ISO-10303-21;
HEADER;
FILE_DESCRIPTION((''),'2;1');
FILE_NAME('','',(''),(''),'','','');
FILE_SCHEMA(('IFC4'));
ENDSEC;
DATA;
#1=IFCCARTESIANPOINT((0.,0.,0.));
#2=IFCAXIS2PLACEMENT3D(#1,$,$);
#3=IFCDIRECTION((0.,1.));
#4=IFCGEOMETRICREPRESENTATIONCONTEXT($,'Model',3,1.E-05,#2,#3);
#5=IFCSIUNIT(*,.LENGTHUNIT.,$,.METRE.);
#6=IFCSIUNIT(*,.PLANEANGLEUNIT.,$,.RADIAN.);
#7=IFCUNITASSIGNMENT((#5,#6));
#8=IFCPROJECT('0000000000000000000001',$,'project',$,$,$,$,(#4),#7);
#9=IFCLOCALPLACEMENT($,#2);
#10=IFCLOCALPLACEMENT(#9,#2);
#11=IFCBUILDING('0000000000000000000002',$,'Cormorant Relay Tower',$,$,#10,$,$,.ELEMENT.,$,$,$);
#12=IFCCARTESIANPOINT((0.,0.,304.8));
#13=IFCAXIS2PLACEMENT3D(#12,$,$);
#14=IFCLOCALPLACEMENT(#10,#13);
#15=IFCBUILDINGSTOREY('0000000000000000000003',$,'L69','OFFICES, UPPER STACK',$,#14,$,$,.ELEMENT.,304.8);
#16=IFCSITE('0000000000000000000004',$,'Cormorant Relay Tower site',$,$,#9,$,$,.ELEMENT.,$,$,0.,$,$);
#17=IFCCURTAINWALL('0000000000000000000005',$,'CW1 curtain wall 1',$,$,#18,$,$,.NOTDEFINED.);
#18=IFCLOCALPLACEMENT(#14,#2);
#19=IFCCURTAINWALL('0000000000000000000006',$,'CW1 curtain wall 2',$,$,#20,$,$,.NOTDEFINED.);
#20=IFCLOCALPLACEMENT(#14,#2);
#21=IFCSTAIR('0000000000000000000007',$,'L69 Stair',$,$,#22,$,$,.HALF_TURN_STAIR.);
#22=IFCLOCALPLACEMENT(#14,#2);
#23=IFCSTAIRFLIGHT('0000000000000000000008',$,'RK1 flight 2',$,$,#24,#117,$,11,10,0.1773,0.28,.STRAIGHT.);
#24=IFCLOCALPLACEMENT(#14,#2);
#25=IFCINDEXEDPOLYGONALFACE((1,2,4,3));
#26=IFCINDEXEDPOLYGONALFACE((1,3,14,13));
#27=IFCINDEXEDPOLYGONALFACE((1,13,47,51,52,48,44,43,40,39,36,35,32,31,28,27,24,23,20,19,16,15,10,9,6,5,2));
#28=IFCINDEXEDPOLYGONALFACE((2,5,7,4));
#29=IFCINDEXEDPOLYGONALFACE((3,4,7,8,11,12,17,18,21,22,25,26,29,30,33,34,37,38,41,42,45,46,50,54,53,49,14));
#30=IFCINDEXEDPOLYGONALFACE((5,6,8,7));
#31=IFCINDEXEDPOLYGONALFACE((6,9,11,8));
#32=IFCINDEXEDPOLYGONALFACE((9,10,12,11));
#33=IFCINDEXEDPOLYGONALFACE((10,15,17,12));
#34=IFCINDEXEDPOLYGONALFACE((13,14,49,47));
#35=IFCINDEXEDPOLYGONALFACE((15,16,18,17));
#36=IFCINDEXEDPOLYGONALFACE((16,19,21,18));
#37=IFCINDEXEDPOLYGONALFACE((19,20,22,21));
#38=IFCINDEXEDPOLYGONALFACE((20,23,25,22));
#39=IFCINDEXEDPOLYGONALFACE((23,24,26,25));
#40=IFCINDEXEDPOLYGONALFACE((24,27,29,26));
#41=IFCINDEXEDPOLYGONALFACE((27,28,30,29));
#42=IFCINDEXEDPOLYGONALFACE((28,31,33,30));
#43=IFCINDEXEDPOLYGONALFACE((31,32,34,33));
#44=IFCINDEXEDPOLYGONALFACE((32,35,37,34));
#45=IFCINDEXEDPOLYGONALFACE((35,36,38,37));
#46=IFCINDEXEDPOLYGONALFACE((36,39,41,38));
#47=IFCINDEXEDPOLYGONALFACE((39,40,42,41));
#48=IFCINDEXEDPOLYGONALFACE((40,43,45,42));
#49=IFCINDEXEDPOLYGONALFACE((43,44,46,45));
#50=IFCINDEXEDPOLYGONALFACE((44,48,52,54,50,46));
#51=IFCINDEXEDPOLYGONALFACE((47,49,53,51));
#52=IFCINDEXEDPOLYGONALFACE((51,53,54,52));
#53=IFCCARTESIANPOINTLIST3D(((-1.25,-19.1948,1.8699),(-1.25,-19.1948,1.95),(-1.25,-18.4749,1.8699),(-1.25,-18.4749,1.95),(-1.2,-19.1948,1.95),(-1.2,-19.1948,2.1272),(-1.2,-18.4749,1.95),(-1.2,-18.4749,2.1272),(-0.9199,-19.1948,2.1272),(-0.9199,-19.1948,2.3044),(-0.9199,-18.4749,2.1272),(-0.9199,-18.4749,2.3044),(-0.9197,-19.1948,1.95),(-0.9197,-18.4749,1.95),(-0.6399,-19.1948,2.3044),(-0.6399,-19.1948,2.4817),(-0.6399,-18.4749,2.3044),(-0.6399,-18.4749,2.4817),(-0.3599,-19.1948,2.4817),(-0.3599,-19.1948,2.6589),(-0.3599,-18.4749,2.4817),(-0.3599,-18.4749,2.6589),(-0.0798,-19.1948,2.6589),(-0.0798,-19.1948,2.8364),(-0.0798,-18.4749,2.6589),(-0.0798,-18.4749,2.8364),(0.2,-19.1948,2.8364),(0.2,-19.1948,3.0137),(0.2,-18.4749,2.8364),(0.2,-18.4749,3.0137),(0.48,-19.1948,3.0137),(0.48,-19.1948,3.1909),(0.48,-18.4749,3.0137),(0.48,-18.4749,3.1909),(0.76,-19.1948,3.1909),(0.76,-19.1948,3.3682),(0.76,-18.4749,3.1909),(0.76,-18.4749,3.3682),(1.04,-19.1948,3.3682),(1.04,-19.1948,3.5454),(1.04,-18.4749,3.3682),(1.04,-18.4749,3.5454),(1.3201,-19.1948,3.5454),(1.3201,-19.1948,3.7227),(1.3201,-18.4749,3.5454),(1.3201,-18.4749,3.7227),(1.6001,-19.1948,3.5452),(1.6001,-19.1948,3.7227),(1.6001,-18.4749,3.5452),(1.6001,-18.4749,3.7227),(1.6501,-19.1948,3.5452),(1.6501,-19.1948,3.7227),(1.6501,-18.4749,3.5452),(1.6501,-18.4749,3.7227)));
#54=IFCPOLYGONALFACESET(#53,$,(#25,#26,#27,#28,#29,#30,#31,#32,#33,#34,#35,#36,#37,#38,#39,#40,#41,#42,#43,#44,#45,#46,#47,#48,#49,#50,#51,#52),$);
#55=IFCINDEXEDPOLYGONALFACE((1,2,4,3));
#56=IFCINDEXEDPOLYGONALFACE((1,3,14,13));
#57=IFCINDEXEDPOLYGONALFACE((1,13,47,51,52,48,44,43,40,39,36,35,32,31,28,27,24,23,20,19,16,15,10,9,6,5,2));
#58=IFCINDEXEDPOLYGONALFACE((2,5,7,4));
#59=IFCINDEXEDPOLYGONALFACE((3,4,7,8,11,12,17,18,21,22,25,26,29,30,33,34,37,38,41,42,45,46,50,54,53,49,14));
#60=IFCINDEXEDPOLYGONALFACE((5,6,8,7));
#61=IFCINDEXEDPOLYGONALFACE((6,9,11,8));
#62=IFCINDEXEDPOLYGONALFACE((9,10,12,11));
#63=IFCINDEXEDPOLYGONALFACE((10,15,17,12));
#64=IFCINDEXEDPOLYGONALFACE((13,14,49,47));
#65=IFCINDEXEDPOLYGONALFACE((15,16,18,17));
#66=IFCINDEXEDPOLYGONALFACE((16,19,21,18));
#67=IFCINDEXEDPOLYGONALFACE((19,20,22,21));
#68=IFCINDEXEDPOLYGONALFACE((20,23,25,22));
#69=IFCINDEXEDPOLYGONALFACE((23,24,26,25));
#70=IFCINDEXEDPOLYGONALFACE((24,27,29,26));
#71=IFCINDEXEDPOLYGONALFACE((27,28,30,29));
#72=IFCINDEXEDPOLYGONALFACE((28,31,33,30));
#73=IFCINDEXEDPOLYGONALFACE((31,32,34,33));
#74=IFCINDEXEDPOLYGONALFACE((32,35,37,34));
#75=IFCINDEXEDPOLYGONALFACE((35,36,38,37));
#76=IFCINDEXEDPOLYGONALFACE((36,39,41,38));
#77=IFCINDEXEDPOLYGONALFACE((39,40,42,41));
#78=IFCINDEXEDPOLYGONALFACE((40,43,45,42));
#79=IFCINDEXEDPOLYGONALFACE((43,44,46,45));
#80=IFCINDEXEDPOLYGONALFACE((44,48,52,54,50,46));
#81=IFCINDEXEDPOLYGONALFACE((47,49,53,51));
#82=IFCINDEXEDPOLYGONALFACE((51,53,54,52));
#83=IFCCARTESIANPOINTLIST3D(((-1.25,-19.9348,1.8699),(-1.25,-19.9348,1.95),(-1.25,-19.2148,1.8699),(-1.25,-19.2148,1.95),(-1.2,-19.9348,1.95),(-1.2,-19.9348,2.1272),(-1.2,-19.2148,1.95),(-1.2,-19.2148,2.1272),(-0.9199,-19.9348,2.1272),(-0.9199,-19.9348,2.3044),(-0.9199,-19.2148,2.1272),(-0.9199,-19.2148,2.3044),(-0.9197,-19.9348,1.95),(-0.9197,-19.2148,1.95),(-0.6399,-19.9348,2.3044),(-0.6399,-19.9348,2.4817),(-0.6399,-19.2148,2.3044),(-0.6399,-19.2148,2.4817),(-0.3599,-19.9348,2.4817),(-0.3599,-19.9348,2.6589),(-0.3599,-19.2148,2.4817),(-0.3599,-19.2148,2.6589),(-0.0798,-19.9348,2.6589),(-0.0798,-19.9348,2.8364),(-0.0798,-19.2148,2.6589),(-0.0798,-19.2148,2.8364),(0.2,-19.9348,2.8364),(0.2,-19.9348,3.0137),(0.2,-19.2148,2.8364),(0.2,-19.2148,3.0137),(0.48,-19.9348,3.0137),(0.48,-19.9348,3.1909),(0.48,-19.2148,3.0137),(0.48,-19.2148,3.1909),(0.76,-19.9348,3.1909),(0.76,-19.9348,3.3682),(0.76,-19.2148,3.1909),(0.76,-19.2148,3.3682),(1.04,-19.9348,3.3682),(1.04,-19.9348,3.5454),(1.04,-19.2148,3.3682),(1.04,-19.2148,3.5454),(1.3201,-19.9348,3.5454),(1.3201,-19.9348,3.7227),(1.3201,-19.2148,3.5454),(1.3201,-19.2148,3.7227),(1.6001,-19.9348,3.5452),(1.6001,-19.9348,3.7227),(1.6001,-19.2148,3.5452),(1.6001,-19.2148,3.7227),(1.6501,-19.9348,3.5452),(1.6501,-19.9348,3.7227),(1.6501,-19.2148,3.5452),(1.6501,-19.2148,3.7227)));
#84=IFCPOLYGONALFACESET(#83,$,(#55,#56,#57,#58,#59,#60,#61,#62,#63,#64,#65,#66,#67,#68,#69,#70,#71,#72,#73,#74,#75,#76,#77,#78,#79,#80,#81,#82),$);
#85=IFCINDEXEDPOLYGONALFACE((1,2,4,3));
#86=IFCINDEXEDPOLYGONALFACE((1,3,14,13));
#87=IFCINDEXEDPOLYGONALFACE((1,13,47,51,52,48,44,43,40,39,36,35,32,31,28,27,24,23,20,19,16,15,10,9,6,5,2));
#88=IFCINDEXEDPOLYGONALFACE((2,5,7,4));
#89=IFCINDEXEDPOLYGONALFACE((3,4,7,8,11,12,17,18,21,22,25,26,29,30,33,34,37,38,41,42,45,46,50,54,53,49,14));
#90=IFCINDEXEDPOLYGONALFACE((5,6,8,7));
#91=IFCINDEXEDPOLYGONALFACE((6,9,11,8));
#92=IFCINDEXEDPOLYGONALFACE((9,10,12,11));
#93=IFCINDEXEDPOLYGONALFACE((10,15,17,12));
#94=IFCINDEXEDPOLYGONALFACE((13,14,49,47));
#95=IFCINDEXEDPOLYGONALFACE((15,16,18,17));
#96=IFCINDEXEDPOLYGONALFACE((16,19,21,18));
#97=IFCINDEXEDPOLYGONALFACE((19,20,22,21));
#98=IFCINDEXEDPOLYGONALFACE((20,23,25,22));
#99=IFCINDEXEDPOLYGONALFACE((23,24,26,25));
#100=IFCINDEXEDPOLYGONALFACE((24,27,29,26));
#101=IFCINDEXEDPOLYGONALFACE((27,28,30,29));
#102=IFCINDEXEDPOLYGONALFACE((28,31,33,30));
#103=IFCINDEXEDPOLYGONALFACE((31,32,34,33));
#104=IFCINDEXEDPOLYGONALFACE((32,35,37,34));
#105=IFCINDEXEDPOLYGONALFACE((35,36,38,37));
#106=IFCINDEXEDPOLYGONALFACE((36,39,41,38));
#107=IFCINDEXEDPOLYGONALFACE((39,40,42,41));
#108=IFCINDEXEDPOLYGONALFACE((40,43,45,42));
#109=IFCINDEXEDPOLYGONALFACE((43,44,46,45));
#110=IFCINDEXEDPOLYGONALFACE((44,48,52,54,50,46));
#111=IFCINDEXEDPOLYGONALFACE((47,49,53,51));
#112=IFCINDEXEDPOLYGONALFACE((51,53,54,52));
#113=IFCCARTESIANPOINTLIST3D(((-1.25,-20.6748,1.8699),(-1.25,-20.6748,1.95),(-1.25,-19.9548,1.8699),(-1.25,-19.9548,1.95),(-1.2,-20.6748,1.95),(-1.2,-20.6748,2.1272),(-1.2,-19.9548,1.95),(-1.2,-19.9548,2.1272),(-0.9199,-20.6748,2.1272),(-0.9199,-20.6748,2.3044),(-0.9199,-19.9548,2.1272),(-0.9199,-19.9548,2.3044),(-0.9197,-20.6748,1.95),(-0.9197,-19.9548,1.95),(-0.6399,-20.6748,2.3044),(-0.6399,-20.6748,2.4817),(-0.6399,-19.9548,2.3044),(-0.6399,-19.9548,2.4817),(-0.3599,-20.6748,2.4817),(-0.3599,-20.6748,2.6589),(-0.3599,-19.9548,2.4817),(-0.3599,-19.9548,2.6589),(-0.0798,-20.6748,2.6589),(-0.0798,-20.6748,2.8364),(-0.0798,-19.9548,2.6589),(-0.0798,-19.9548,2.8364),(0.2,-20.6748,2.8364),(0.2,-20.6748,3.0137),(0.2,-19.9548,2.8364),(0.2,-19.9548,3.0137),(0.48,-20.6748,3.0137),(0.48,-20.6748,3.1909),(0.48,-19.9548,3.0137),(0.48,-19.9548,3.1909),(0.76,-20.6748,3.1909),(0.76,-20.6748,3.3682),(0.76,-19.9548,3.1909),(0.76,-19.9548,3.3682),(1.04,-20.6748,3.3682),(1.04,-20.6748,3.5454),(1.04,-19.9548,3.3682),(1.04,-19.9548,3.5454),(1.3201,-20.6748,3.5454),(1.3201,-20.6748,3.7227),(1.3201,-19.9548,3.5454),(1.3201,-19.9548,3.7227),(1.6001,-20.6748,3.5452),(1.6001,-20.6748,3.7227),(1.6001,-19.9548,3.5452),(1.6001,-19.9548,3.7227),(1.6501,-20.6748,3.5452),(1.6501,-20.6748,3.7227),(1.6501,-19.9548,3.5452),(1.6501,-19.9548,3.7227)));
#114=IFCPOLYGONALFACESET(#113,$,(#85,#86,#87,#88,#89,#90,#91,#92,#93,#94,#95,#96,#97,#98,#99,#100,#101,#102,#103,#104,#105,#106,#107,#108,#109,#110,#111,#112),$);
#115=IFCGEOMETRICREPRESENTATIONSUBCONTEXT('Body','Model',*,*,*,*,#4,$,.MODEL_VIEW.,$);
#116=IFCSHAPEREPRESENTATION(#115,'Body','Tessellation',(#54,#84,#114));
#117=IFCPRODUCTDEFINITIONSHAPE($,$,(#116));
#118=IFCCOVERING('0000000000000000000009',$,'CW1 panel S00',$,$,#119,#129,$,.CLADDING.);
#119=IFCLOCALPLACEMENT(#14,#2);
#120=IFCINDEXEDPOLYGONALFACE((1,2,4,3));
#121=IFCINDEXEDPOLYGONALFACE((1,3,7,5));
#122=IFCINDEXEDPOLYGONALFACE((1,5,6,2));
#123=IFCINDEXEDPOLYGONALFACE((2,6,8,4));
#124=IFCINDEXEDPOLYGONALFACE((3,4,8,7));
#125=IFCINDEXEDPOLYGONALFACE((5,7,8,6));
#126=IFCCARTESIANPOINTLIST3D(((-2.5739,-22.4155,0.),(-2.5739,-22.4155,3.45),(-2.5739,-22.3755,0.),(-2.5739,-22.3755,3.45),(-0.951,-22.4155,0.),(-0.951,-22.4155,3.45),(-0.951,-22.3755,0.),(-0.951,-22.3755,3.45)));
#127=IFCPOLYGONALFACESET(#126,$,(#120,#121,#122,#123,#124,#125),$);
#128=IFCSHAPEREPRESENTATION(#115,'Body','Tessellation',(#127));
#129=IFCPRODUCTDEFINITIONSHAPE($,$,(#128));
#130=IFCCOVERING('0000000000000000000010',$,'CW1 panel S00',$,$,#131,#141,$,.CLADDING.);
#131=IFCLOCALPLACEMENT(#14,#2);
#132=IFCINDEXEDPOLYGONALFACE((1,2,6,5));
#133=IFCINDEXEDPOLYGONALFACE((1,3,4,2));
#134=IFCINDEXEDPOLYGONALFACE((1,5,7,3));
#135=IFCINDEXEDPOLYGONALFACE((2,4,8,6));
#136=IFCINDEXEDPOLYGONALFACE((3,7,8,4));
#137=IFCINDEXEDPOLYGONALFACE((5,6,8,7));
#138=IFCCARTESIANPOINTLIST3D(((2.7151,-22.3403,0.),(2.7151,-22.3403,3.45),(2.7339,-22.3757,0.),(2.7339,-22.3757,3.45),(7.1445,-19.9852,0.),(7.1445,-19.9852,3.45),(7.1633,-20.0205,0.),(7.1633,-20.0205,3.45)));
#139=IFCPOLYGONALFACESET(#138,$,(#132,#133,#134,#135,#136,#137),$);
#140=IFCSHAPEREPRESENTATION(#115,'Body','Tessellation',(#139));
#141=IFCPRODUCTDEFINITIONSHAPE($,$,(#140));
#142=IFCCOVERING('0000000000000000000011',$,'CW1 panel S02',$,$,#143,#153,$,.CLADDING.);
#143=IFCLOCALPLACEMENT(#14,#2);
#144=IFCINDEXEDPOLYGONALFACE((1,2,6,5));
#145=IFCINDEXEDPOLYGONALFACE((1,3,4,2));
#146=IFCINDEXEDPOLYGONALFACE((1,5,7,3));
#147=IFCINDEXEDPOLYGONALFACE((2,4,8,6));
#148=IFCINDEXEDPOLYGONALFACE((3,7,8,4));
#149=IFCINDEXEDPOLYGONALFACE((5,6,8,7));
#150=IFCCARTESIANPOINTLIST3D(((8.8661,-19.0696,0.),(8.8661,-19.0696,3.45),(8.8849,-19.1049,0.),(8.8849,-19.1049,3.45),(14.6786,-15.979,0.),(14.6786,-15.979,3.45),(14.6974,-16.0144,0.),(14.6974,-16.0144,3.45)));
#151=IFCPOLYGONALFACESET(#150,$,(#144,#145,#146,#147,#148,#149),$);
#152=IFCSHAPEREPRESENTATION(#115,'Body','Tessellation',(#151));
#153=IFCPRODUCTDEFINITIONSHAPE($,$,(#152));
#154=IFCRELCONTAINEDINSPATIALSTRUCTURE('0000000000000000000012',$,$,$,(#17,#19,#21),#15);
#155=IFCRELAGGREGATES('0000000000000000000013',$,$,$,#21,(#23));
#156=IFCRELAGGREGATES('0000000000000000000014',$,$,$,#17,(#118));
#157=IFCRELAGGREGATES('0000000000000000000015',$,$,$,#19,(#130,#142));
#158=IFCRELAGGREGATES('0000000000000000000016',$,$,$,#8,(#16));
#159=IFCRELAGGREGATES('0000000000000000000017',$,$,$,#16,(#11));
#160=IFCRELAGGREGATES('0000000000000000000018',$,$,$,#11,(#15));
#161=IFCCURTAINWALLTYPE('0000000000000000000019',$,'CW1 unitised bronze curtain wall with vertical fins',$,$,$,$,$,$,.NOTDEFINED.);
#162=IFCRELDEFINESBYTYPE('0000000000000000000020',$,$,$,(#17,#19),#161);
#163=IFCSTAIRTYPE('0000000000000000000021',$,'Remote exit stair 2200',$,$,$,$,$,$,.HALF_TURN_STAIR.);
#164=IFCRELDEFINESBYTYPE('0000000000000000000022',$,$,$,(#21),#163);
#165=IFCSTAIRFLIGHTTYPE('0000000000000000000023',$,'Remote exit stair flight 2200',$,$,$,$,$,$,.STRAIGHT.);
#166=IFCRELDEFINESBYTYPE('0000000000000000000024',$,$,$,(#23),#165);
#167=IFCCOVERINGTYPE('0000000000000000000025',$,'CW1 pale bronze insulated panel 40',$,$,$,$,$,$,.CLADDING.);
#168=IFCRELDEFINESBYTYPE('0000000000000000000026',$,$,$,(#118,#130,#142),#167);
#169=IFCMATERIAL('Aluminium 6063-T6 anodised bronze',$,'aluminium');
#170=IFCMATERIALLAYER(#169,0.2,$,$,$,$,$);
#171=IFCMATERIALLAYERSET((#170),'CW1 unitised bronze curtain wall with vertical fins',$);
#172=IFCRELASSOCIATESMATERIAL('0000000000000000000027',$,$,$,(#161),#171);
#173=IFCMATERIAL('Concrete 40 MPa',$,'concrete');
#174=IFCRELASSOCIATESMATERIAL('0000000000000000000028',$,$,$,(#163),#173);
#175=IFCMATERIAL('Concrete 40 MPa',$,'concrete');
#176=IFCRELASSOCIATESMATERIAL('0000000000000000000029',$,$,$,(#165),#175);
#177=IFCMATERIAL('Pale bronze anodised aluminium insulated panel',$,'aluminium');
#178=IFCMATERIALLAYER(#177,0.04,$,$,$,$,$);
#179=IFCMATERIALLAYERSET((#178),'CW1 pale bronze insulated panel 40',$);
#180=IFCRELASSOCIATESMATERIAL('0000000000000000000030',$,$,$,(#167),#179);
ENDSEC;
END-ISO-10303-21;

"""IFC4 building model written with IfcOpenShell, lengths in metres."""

from ifc_helpers import new_model, si_unit, direction, frame, origin, origin_2d, place, context, subcontext, project, spatial, polyline, rectangle, outline, extrude, material, layer, layer_set, type_object, element, aggregate, save


model = new_model("IFC4")

# Units and contexts
model_context = context("Model", 3, precision=1e-05, world=origin(), true_north=direction((0.0, 1.0)))
body_context = subcontext(model_context, "Body", "Model", "MODEL_VIEW")
ifc_project = project(units=[si_unit("LENGTHUNIT", "METRE"), si_unit("PLANEANGLEUNIT", "RADIAN")], contexts=[model_context])

# Site, building, storey
site_placement = place(None, origin())
site = spatial("IfcSite", under=ifc_project, at=site_placement, Name="Cormorant Relay Tower site", CompositionType="ELEMENT", RefElevation=0.0)
building_placement = place(site_placement, origin())
building = spatial("IfcBuilding", under=site, at=building_placement, Name="Cormorant Relay Tower", CompositionType="ELEMENT")
storey_placement = place(building_placement, frame((0.0, 0.0, 304.8)))
storey = spatial("IfcBuildingStorey", under=building, at=storey_placement, Name="L69", Description="OFFICES, UPPER STACK", CompositionType="ELEMENT", Elevation=304.8)

# Curtain wall
ifc_material_1 = material(Name="Aluminium 6063-T6 anodised bronze", Category="aluminium")
ifc_layer_1 = layer(ifc_material_1, 0.2)
ifc_layer_set_1 = layer_set([ifc_layer_1], Name="CW1 unitised bronze curtain wall with vertical fins")
curtain_wall_type = type_object("IfcCurtainWallType", Name="CW1 unitised bronze curtain wall with vertical fins", PredefinedType="NOTDEFINED", material=ifc_layer_set_1)
curtain_wall_1_placement = place(storey_placement, origin())
curtain_wall_1 = element("IfcCurtainWall", 1, at=curtain_wall_1_placement, inside=storey, type_object=curtain_wall_type, Name="CW1 curtain wall 1", PredefinedType="NOTDEFINED")

# Curtain wall
curtain_wall_2_placement = place(storey_placement, origin())
curtain_wall_2 = element("IfcCurtainWall", 2, at=curtain_wall_2_placement, inside=storey, type_object=curtain_wall_type, Name="CW1 curtain wall 2", PredefinedType="NOTDEFINED")

# Stair, stair flight
ifc_material_2 = material(Name="Concrete 40 MPa", Category="concrete")
stair_type = type_object("IfcStairType", Name="Remote exit stair 2200", PredefinedType="HALF_TURN_STAIR", material=ifc_material_2)
stair_placement = place(storey_placement, origin())
stair = element("IfcStair", 3, at=stair_placement, inside=storey, type_object=stair_type, Name="L69 Stair", PredefinedType="HALF_TURN_STAIR")
ifc_material_3 = material(Name="Concrete 40 MPa", Category="concrete")
stair_flight_type = type_object("IfcStairFlightType", Name="Remote exit stair flight 2200", PredefinedType="STRAIGHT", material=ifc_material_3)
stair_flight_placement = place(storey_placement, frame((-1.2, -19.575, 1.95), z_axis=(0.0, 0.0, 1.0), x_axis=(1.0, 0.0, 0.0)))
stair_flight = element("IfcStairFlight", 4, at=stair_flight_placement, type_object=stair_flight_type, Name="RK1 flight 2", NumberOfRisers=11, NumberOfTreads=10, PredefinedType="STRAIGHT", RiserHeight=0.1773, TreadLength=0.28, context=body_context, shape_type="SweptSolid", body=[
    extrude(outline(polyline([(-0.05, -0.0801), (-0.05, 0.0), (0.0, 0.0), (0.0, 0.1772), (0.28, 0.1772), (0.28, 0.3545), (0.5601, 0.3545), (0.5601, 0.5317), (0.8401, 0.5317), (0.8401, 0.709), (1.1201, 0.709), (1.1201, 0.8865), (1.3999, 0.8865), (1.3999, 1.0637), (1.6799, 1.0637), (1.6799, 1.241), (1.96, 1.241), (1.96, 1.4182), (2.24, 1.4182), (2.24, 1.5955), (2.52, 1.5955), (2.52, 1.7727), (2.8, 1.7727), (2.8501, 1.7727), (2.8501, 1.5952), (2.8, 1.5952), (0.2803, 0.0), (-0.05, -0.0801)])), frame((0.0, 1.1001, 0.0), z_axis=(0.0, -1.0, 0.0), x_axis=(1.0, 0.0, 0.0)), (0.0, 0.0, 1.0), 0.72),
    extrude(outline(polyline([(-0.05, -0.0801), (-0.05, 0.0), (0.0, 0.0), (0.0, 0.1772), (0.28, 0.1772), (0.28, 0.3545), (0.5601, 0.3545), (0.5601, 0.5317), (0.8401, 0.5317), (0.8401, 0.709), (1.1201, 0.709), (1.1201, 0.8865), (1.3999, 0.8865), (1.3999, 1.0637), (1.6799, 1.0637), (1.6799, 1.241), (1.96, 1.241), (1.96, 1.4182), (2.24, 1.4182), (2.24, 1.5955), (2.52, 1.5955), (2.52, 1.7727), (2.8, 1.7727), (2.8501, 1.7727), (2.8501, 1.5952), (2.8, 1.5952), (0.2803, 0.0), (-0.05, -0.0801)])), frame((0.0, 0.3601, 0.0), z_axis=(0.0, -1.0, 0.0), x_axis=(1.0, 0.0, 0.0)), (0.0, 0.0, 1.0), 0.72),
    extrude(outline(polyline([(-0.05, -0.0801), (-0.05, 0.0), (0.0, 0.0), (0.0, 0.1772), (0.28, 0.1772), (0.28, 0.3545), (0.5601, 0.3545), (0.5601, 0.5317), (0.8401, 0.5317), (0.8401, 0.709), (1.1201, 0.709), (1.1201, 0.8865), (1.3999, 0.8865), (1.3999, 1.0637), (1.6799, 1.0637), (1.6799, 1.241), (1.96, 1.241), (1.96, 1.4182), (2.24, 1.4182), (2.24, 1.5955), (2.52, 1.5955), (2.52, 1.7727), (2.8, 1.7727), (2.8501, 1.7727), (2.8501, 1.5952), (2.8, 1.5952), (0.2803, 0.0), (-0.05, -0.0801)])), frame((0.0, -0.3799, 0.0), z_axis=(0.0, -1.0, 0.0), x_axis=(1.0, 0.0, 0.0)), (0.0, 0.0, 1.0), 0.72),
])
aggregate(stair, [stair_flight])

# Coverings
ifc_material_4 = material(Name="Pale bronze anodised aluminium insulated panel", Category="aluminium")
ifc_layer_2 = layer(ifc_material_4, 0.04)
ifc_layer_set_2 = layer_set([ifc_layer_2], Name="CW1 pale bronze insulated panel 40")
covering_type = type_object("IfcCoveringType", Name="CW1 pale bronze insulated panel 40", PredefinedType="CLADDING", material=ifc_layer_set_2)
covering_1_placement = place(storey_placement, frame((-1.7625, -22.3955, 0.0), z_axis=(0.0, 0.0, 1.0), x_axis=(1.0, 0.0, 0.0)))
covering_1 = element("IfcCovering", 5, at=covering_1_placement, type_object=covering_type, Name="CW1 panel S00", PredefinedType="CLADDING", context=body_context, shape_type="SweptSolid", body=[
    extrude(rectangle(XDim=1.6228, YDim=0.04, at=origin_2d()), origin(), (0.0, 0.0, 1.0), 3.45),
])
aggregate(curtain_wall_1, [covering_1])
covering_2_placement = place(storey_placement, frame((4.9392, -21.1804, 0.0), z_axis=(0.0, 0.0, 1.0), x_axis=(0.882948, 0.469472, 0.0)))
covering_2 = element("IfcCovering", 6, at=covering_2_placement, type_object=covering_type, Name="CW1 panel S00", PredefinedType="CLADDING", context=body_context, shape_type="SweptSolid", body=[
    extrude(rectangle(XDim=5.0166, YDim=0.04, at=origin_2d()), origin(), (0.0, 0.0, 1.0), 3.45),
])
covering_3_placement = place(storey_placement, frame((11.7817, -17.542, 0.0), z_axis=(0.0, 0.0, 1.0), x_axis=(0.882948, 0.469472, 0.0)))
covering_3 = element("IfcCovering", 7, at=covering_3_placement, type_object=covering_type, Name="CW1 panel S02", PredefinedType="CLADDING", context=body_context, shape_type="SweptSolid", body=[
    extrude(rectangle(XDim=6.583, YDim=0.04, at=origin_2d()), origin(), (0.0, 0.0, 1.0), 3.45),
])
aggregate(curtain_wall_2, [covering_2, covering_3])

save(model, "model.ifc")
